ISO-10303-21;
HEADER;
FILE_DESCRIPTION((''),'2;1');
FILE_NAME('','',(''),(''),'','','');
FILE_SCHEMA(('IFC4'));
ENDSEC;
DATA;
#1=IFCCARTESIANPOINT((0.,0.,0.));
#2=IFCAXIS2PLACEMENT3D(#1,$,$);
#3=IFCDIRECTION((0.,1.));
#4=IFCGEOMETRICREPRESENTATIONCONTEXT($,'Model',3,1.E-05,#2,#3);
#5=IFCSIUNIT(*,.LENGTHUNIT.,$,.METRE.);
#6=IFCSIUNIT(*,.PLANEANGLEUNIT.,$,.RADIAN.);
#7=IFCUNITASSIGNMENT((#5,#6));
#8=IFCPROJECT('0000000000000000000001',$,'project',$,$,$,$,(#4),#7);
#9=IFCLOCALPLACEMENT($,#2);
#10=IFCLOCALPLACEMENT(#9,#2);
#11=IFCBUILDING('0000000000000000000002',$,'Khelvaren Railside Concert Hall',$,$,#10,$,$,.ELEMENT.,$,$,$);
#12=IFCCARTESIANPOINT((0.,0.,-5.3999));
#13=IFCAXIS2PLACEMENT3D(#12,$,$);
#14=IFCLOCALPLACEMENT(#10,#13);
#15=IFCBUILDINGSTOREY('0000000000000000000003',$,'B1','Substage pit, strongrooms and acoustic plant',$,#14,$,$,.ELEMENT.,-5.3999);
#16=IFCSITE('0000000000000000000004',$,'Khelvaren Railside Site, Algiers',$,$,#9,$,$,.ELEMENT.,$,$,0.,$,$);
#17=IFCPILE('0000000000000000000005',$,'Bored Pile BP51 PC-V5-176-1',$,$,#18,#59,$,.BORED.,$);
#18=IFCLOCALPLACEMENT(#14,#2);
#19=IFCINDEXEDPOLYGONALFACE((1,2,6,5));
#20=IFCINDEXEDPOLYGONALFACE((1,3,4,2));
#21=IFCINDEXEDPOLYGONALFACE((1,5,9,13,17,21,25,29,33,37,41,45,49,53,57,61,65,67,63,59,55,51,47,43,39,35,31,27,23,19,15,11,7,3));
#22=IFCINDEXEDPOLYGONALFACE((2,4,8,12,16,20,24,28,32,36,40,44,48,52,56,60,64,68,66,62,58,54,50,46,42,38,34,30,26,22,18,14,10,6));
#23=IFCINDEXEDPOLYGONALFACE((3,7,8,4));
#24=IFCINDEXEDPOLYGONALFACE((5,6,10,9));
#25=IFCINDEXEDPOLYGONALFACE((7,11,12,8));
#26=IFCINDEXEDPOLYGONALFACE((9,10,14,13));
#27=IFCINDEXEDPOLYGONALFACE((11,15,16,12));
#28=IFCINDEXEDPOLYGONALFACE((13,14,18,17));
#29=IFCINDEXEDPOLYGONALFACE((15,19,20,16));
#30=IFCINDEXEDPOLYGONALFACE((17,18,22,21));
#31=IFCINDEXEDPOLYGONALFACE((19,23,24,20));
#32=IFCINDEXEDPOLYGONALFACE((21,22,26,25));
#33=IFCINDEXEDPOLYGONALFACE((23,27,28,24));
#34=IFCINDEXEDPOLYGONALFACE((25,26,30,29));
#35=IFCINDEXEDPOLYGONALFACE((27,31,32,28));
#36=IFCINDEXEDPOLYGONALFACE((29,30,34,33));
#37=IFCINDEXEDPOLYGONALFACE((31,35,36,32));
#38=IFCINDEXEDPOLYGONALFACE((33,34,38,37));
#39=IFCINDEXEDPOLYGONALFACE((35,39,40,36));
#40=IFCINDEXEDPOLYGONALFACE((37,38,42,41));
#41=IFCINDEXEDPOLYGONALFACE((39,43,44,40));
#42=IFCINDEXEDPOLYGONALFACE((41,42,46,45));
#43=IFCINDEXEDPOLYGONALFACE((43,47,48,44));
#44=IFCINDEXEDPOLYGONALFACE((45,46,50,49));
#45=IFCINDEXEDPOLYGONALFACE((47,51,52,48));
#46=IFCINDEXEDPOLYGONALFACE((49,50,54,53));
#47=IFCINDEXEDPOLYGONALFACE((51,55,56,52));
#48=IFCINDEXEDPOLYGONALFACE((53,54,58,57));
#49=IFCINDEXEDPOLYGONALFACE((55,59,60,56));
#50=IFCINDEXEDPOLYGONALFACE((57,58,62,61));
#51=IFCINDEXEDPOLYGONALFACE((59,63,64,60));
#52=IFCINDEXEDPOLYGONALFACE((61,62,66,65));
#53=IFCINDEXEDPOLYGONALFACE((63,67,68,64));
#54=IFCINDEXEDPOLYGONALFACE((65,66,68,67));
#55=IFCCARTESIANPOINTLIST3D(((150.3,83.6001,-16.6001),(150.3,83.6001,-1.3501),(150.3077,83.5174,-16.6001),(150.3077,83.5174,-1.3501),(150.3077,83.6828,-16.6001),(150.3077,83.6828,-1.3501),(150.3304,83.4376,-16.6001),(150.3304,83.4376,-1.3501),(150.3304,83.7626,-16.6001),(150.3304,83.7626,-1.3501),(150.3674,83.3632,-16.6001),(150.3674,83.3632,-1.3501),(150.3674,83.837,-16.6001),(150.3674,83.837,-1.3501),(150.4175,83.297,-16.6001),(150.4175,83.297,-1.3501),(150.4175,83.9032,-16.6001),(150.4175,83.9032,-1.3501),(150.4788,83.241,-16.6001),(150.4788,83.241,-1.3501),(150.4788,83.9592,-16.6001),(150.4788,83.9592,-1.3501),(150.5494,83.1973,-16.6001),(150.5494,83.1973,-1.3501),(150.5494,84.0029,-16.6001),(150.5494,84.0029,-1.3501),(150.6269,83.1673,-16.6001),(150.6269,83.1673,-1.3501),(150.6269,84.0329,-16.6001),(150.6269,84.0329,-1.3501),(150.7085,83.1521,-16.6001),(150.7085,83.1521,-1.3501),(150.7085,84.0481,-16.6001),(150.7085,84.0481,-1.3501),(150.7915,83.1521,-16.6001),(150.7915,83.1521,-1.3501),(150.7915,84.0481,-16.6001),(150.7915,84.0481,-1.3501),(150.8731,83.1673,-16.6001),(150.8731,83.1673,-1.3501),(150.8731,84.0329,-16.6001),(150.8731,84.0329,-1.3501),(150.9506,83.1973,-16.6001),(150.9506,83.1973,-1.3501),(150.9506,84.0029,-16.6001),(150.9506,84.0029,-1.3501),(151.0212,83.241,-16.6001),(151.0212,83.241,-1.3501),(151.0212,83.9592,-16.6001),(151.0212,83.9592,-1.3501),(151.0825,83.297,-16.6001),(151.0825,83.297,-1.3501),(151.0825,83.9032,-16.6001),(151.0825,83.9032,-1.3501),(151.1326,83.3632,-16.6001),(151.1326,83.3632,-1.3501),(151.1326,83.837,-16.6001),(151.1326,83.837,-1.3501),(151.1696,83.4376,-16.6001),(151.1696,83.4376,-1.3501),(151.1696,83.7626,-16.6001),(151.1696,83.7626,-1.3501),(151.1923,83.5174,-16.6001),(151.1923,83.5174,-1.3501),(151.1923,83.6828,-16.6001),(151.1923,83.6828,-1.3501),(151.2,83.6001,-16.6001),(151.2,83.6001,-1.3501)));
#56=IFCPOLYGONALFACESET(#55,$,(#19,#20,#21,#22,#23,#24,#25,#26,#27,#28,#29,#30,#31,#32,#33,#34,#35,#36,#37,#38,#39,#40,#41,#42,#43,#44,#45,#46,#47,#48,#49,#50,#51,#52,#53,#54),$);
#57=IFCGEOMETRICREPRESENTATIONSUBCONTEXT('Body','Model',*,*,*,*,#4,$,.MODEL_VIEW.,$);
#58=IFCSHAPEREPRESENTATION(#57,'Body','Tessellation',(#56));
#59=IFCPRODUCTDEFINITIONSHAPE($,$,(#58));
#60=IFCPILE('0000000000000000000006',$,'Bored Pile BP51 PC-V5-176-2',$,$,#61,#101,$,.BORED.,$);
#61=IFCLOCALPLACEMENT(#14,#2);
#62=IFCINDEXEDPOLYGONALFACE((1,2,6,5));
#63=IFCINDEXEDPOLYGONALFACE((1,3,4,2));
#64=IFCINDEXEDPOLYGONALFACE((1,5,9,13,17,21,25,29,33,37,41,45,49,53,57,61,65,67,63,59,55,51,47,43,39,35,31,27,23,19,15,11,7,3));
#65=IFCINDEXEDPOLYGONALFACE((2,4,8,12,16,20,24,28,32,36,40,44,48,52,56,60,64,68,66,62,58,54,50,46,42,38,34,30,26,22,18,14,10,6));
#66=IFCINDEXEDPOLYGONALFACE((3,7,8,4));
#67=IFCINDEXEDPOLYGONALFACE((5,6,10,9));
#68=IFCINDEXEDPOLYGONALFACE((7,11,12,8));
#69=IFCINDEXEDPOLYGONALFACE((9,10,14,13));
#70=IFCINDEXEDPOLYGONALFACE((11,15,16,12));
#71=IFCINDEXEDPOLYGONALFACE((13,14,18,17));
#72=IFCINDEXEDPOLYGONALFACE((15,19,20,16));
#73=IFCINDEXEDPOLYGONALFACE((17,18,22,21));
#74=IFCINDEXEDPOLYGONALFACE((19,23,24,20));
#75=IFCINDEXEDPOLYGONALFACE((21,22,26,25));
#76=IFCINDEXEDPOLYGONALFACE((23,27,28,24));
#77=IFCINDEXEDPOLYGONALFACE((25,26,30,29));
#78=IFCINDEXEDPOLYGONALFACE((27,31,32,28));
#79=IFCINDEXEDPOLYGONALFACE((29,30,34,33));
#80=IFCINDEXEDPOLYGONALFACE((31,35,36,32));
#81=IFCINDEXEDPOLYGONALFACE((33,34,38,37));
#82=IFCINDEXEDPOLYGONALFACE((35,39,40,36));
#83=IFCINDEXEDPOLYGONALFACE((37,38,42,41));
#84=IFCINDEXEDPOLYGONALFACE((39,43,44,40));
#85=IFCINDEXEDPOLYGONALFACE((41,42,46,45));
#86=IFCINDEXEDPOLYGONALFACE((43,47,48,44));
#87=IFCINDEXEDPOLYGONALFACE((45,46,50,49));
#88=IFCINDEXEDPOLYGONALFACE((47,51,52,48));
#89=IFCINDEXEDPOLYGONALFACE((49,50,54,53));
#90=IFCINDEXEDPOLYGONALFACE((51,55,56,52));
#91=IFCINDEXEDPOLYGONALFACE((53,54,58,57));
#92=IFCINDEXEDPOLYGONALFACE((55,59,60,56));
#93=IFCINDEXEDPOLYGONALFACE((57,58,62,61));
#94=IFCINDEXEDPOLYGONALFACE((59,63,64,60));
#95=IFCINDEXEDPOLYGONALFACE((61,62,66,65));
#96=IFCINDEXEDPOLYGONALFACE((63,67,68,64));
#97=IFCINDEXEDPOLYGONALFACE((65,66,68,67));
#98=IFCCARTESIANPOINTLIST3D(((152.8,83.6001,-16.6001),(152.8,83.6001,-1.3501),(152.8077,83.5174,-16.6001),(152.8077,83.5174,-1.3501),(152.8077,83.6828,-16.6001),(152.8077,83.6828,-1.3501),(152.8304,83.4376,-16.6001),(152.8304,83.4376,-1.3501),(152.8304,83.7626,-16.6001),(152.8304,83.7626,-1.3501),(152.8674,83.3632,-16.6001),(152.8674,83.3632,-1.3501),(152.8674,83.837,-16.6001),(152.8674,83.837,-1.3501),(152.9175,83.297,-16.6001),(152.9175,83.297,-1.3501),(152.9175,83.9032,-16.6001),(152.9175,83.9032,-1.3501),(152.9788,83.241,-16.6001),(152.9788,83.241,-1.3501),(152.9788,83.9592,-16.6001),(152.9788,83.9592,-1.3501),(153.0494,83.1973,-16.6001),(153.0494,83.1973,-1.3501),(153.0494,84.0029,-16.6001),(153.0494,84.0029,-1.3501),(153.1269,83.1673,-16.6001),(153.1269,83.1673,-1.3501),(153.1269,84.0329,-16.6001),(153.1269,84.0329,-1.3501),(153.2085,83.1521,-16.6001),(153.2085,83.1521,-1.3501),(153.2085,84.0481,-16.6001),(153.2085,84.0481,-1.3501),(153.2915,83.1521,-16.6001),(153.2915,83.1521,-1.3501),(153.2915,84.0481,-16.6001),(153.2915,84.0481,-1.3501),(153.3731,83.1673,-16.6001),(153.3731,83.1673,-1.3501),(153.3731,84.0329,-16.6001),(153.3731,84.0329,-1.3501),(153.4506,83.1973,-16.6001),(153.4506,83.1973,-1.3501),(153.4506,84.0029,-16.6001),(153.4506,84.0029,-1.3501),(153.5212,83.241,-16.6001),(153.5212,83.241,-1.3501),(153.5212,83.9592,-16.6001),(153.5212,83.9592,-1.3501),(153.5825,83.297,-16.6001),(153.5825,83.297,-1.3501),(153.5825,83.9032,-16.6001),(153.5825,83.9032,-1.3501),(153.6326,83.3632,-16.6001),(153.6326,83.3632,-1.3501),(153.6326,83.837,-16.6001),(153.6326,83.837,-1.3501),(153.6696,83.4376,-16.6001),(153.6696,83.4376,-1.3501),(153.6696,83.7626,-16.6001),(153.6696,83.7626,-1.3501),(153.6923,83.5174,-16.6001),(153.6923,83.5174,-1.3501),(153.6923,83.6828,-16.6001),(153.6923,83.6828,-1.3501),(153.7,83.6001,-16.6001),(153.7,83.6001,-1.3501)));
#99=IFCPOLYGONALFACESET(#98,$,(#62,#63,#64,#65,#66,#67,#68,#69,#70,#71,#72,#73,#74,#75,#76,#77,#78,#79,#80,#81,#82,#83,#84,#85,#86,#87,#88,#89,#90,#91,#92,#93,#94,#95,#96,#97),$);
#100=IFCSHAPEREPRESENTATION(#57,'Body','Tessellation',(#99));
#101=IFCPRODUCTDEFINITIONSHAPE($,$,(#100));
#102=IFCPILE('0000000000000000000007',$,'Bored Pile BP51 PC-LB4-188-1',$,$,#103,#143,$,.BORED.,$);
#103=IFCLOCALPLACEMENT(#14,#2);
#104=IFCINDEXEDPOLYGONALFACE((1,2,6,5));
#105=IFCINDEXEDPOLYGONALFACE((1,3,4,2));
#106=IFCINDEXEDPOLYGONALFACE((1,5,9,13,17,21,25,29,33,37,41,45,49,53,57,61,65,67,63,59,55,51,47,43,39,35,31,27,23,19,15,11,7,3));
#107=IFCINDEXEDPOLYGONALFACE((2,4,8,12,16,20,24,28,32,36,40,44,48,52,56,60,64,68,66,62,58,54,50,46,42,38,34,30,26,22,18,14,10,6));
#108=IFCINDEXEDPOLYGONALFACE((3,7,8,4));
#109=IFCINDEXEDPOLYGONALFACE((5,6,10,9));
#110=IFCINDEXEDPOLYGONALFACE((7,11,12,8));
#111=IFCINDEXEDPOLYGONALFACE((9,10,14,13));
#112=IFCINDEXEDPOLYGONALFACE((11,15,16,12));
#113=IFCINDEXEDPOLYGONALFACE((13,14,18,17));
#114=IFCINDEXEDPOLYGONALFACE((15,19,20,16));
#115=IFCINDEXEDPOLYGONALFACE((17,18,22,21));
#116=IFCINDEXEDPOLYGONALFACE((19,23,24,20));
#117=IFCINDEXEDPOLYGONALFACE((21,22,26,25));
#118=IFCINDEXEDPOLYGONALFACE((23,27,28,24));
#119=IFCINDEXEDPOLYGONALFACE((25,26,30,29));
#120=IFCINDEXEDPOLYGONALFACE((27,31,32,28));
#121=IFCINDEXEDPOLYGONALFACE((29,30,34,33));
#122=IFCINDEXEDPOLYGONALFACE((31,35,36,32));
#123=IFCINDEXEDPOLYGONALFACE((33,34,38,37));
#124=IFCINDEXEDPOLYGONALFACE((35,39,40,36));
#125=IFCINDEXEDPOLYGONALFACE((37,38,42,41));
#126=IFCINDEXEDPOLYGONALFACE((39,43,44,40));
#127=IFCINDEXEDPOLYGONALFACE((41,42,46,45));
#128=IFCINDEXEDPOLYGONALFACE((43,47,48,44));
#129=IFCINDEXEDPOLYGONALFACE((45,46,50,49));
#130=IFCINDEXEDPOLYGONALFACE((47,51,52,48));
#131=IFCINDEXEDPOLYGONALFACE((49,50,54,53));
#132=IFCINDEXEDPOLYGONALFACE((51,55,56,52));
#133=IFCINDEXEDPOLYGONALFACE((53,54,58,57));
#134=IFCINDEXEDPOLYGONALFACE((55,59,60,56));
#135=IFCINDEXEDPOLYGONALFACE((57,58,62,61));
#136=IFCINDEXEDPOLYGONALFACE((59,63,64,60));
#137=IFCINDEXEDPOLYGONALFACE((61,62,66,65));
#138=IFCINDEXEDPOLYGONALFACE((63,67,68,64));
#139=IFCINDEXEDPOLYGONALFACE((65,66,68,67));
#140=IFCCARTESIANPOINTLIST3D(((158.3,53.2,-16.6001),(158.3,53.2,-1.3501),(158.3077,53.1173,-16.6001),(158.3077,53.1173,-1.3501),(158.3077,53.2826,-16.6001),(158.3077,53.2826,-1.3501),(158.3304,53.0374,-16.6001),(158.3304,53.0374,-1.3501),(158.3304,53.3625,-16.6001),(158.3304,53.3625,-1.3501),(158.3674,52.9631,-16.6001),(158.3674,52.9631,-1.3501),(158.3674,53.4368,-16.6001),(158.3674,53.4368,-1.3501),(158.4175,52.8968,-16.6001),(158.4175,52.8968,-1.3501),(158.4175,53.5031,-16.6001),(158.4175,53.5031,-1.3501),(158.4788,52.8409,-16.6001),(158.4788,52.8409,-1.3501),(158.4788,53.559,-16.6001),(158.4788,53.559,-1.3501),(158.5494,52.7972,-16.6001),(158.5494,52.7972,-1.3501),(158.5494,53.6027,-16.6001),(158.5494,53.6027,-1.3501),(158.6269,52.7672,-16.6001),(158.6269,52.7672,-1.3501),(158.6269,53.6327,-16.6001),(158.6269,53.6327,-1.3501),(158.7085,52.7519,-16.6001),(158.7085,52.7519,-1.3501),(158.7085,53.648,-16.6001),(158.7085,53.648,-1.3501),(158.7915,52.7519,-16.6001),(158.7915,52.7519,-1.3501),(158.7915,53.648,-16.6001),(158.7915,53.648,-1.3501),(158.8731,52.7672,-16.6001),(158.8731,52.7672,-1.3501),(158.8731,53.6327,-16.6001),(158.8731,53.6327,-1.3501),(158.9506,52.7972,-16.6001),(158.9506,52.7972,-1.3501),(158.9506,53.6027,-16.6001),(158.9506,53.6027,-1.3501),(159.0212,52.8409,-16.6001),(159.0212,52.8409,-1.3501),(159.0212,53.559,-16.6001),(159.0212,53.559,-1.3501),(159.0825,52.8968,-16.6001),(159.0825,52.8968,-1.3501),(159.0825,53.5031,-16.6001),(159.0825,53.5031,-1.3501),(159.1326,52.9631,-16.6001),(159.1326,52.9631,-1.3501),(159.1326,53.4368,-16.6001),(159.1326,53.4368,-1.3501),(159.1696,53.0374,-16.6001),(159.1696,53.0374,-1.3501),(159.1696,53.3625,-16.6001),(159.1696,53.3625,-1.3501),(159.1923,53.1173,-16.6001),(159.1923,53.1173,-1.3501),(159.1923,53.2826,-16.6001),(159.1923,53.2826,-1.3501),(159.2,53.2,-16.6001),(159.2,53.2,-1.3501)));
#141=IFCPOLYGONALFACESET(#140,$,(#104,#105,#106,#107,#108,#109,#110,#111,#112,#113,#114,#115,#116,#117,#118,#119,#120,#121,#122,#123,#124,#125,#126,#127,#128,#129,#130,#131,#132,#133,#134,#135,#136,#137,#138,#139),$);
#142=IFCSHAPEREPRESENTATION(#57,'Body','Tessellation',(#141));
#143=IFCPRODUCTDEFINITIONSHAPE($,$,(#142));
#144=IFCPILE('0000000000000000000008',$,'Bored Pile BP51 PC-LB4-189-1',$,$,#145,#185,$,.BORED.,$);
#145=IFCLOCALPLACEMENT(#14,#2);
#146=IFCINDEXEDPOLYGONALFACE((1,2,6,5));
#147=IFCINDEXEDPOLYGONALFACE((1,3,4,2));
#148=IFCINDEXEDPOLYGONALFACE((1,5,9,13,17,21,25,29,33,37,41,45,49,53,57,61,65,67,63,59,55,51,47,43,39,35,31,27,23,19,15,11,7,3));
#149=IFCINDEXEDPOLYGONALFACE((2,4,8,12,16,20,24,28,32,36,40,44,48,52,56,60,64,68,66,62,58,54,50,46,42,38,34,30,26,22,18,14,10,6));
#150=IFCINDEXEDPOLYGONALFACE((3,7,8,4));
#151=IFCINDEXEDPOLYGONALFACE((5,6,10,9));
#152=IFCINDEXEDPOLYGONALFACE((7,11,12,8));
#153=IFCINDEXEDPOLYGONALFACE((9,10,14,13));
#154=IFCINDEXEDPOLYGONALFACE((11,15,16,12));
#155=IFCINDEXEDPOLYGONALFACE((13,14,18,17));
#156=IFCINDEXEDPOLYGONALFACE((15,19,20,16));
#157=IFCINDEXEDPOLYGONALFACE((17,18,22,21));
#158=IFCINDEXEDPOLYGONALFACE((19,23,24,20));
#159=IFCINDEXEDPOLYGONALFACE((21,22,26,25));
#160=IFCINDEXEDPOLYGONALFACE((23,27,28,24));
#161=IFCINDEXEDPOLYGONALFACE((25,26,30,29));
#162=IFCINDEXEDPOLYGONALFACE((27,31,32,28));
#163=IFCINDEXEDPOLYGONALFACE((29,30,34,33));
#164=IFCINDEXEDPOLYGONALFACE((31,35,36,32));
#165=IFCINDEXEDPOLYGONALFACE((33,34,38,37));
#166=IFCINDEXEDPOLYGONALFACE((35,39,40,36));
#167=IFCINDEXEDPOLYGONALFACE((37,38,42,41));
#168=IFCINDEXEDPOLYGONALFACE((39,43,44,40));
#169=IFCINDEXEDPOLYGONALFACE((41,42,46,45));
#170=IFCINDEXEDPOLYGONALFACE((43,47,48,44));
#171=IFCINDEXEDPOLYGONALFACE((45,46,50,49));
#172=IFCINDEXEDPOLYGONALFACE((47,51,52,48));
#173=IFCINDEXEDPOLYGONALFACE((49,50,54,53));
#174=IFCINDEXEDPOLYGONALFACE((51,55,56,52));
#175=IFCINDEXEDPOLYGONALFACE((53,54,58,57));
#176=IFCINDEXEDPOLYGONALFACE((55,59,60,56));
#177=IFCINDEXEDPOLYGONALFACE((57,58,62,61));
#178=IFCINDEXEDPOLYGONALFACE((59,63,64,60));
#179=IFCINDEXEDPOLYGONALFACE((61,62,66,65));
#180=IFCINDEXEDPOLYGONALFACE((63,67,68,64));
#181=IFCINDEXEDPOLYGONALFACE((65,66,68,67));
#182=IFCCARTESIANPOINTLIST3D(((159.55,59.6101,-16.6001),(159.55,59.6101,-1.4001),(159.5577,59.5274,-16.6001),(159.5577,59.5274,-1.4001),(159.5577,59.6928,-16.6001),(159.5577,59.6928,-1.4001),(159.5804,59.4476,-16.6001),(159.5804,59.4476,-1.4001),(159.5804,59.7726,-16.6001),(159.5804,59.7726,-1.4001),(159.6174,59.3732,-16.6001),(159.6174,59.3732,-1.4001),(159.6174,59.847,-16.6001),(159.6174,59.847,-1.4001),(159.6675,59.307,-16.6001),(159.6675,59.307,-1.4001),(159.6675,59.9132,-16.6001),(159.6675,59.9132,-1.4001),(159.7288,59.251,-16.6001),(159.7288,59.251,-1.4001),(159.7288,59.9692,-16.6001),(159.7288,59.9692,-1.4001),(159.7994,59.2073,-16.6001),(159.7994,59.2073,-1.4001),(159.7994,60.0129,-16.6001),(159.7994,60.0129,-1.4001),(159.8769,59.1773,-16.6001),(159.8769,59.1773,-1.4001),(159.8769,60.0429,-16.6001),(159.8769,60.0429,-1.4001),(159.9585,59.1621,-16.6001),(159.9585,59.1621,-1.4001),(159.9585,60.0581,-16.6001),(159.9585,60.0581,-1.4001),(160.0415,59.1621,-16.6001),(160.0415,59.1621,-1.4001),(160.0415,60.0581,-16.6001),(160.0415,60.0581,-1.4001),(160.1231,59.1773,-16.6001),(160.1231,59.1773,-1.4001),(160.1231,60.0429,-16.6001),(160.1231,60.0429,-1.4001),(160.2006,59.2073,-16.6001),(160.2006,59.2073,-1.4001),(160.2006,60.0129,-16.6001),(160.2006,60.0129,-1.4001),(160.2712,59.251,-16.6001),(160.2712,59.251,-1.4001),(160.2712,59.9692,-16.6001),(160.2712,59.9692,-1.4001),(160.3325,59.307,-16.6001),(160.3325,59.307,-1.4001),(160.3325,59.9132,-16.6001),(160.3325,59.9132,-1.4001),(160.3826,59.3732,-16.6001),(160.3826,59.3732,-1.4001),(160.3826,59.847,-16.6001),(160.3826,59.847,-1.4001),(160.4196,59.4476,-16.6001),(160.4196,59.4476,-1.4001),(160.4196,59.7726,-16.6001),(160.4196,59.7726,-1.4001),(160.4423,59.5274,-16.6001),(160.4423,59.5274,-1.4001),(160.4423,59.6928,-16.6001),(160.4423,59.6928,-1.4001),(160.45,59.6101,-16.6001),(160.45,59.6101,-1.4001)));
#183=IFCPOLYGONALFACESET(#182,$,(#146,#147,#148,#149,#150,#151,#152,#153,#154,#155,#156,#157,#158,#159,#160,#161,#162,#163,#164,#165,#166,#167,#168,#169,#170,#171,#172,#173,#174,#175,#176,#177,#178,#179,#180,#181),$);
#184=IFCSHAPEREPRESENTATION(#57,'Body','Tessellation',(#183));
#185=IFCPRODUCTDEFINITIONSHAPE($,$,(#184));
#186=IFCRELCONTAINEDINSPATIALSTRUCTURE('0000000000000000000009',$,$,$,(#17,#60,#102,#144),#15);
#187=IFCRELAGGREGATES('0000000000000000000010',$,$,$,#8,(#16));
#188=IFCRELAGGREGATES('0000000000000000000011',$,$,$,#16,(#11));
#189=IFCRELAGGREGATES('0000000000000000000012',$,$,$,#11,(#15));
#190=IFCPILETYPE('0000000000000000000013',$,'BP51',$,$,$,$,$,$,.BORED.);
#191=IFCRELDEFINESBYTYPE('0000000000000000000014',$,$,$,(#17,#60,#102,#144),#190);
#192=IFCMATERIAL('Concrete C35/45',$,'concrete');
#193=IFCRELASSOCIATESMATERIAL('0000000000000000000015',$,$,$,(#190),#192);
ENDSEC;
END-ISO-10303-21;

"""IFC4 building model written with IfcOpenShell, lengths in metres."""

from ifc_helpers import new_model, si_unit, direction, frame, origin, origin_2d, place, context, subcontext, project, spatial, circle, extrude, material, material_profile, profile_set, type_object, element, save


model = new_model("IFC4")

# Units and contexts
model_context = context("Model", 3, precision=1e-05, world=origin(), true_north=direction((0.0, 1.0)))
body_context = subcontext(model_context, "Body", "Model", "MODEL_VIEW")
ifc_project = project(units=[si_unit("LENGTHUNIT", "METRE"), si_unit("PLANEANGLEUNIT", "RADIAN")], contexts=[model_context])

# Site, building, storey
site_placement = place(None, origin())
site = spatial("IfcSite", under=ifc_project, at=site_placement, Name="Khelvaren Railside Site, Algiers", CompositionType="ELEMENT", RefElevation=0.0)
building_placement = place(site_placement, origin())
building = spatial("IfcBuilding", under=site, at=building_placement, Name="Khelvaren Railside Concert Hall", CompositionType="ELEMENT")
storey_placement = place(building_placement, frame((0.0, 0.0, -5.3999)))
storey = spatial("IfcBuildingStorey", under=building, at=storey_placement, Name="B1", Description="Substage pit, strongrooms and acoustic plant", CompositionType="ELEMENT", Elevation=-5.3999)

# Piles
ifc_material_1 = material(Name="Concrete C35/45", Category="concrete")
ifc_material_profile_1 = material_profile(ifc_material_1, circle(Radius=0.45, at=origin_2d()), Name="BP D900")
ifc_profile_set_1 = profile_set([ifc_material_profile_1], Name="Concrete C35/45")
pile_type_1 = type_object("IfcPileType", Name="BP51", PredefinedType="BORED", material=ifc_profile_set_1)
for number, where, z_axis, x_axis, name in (
    (1, (150.75, 83.6001, -1.3501), (0.0, 0.0, -1.0), (1.0, 0.0, 0.0), "Bored Pile BP51 PC-V5-176-1"),
    (2, (153.25, 83.6001, -1.3501), (0.0, 0.0, -1.0), (1.0, 0.0, 0.0), "Bored Pile BP51 PC-V5-176-2"),
    (3, (158.75, 53.2, -1.3501), (0.0, 0.0, -1.0), (1.0, 0.0, 0.0), "Bored Pile BP51 PC-LB4-188-1"),
):
    element("IfcPile", number, at=place(storey_placement, frame(where, z_axis=z_axis, x_axis=x_axis)), inside=storey, type_object=pile_type_1, Name=name, PredefinedType="BORED", context=body_context, shape_type="SweptSolid", body=[
        extrude(circle(Radius=0.45, at=origin_2d()), origin(), (0.0, 0.0, 1.0), 15.25),
    ])
for number, where, z_axis, x_axis, name in (
    (4, (160.0, 59.6101, -1.4001), (0.0, 0.0, -1.0), (1.0, 0.0, 0.0), "Bored Pile BP51 PC-LB4-189-1"),
):
    element("IfcPile", number, at=place(storey_placement, frame(where, z_axis=z_axis, x_axis=x_axis)), inside=storey, type_object=pile_type_1, Name=name, PredefinedType="BORED", context=body_context, shape_type="SweptSolid", body=[
        extrude(circle(Radius=0.45, at=origin_2d()), origin(), (0.0, 0.0, 1.0), 15.2),
    ])

save(model, "model.ifc")
